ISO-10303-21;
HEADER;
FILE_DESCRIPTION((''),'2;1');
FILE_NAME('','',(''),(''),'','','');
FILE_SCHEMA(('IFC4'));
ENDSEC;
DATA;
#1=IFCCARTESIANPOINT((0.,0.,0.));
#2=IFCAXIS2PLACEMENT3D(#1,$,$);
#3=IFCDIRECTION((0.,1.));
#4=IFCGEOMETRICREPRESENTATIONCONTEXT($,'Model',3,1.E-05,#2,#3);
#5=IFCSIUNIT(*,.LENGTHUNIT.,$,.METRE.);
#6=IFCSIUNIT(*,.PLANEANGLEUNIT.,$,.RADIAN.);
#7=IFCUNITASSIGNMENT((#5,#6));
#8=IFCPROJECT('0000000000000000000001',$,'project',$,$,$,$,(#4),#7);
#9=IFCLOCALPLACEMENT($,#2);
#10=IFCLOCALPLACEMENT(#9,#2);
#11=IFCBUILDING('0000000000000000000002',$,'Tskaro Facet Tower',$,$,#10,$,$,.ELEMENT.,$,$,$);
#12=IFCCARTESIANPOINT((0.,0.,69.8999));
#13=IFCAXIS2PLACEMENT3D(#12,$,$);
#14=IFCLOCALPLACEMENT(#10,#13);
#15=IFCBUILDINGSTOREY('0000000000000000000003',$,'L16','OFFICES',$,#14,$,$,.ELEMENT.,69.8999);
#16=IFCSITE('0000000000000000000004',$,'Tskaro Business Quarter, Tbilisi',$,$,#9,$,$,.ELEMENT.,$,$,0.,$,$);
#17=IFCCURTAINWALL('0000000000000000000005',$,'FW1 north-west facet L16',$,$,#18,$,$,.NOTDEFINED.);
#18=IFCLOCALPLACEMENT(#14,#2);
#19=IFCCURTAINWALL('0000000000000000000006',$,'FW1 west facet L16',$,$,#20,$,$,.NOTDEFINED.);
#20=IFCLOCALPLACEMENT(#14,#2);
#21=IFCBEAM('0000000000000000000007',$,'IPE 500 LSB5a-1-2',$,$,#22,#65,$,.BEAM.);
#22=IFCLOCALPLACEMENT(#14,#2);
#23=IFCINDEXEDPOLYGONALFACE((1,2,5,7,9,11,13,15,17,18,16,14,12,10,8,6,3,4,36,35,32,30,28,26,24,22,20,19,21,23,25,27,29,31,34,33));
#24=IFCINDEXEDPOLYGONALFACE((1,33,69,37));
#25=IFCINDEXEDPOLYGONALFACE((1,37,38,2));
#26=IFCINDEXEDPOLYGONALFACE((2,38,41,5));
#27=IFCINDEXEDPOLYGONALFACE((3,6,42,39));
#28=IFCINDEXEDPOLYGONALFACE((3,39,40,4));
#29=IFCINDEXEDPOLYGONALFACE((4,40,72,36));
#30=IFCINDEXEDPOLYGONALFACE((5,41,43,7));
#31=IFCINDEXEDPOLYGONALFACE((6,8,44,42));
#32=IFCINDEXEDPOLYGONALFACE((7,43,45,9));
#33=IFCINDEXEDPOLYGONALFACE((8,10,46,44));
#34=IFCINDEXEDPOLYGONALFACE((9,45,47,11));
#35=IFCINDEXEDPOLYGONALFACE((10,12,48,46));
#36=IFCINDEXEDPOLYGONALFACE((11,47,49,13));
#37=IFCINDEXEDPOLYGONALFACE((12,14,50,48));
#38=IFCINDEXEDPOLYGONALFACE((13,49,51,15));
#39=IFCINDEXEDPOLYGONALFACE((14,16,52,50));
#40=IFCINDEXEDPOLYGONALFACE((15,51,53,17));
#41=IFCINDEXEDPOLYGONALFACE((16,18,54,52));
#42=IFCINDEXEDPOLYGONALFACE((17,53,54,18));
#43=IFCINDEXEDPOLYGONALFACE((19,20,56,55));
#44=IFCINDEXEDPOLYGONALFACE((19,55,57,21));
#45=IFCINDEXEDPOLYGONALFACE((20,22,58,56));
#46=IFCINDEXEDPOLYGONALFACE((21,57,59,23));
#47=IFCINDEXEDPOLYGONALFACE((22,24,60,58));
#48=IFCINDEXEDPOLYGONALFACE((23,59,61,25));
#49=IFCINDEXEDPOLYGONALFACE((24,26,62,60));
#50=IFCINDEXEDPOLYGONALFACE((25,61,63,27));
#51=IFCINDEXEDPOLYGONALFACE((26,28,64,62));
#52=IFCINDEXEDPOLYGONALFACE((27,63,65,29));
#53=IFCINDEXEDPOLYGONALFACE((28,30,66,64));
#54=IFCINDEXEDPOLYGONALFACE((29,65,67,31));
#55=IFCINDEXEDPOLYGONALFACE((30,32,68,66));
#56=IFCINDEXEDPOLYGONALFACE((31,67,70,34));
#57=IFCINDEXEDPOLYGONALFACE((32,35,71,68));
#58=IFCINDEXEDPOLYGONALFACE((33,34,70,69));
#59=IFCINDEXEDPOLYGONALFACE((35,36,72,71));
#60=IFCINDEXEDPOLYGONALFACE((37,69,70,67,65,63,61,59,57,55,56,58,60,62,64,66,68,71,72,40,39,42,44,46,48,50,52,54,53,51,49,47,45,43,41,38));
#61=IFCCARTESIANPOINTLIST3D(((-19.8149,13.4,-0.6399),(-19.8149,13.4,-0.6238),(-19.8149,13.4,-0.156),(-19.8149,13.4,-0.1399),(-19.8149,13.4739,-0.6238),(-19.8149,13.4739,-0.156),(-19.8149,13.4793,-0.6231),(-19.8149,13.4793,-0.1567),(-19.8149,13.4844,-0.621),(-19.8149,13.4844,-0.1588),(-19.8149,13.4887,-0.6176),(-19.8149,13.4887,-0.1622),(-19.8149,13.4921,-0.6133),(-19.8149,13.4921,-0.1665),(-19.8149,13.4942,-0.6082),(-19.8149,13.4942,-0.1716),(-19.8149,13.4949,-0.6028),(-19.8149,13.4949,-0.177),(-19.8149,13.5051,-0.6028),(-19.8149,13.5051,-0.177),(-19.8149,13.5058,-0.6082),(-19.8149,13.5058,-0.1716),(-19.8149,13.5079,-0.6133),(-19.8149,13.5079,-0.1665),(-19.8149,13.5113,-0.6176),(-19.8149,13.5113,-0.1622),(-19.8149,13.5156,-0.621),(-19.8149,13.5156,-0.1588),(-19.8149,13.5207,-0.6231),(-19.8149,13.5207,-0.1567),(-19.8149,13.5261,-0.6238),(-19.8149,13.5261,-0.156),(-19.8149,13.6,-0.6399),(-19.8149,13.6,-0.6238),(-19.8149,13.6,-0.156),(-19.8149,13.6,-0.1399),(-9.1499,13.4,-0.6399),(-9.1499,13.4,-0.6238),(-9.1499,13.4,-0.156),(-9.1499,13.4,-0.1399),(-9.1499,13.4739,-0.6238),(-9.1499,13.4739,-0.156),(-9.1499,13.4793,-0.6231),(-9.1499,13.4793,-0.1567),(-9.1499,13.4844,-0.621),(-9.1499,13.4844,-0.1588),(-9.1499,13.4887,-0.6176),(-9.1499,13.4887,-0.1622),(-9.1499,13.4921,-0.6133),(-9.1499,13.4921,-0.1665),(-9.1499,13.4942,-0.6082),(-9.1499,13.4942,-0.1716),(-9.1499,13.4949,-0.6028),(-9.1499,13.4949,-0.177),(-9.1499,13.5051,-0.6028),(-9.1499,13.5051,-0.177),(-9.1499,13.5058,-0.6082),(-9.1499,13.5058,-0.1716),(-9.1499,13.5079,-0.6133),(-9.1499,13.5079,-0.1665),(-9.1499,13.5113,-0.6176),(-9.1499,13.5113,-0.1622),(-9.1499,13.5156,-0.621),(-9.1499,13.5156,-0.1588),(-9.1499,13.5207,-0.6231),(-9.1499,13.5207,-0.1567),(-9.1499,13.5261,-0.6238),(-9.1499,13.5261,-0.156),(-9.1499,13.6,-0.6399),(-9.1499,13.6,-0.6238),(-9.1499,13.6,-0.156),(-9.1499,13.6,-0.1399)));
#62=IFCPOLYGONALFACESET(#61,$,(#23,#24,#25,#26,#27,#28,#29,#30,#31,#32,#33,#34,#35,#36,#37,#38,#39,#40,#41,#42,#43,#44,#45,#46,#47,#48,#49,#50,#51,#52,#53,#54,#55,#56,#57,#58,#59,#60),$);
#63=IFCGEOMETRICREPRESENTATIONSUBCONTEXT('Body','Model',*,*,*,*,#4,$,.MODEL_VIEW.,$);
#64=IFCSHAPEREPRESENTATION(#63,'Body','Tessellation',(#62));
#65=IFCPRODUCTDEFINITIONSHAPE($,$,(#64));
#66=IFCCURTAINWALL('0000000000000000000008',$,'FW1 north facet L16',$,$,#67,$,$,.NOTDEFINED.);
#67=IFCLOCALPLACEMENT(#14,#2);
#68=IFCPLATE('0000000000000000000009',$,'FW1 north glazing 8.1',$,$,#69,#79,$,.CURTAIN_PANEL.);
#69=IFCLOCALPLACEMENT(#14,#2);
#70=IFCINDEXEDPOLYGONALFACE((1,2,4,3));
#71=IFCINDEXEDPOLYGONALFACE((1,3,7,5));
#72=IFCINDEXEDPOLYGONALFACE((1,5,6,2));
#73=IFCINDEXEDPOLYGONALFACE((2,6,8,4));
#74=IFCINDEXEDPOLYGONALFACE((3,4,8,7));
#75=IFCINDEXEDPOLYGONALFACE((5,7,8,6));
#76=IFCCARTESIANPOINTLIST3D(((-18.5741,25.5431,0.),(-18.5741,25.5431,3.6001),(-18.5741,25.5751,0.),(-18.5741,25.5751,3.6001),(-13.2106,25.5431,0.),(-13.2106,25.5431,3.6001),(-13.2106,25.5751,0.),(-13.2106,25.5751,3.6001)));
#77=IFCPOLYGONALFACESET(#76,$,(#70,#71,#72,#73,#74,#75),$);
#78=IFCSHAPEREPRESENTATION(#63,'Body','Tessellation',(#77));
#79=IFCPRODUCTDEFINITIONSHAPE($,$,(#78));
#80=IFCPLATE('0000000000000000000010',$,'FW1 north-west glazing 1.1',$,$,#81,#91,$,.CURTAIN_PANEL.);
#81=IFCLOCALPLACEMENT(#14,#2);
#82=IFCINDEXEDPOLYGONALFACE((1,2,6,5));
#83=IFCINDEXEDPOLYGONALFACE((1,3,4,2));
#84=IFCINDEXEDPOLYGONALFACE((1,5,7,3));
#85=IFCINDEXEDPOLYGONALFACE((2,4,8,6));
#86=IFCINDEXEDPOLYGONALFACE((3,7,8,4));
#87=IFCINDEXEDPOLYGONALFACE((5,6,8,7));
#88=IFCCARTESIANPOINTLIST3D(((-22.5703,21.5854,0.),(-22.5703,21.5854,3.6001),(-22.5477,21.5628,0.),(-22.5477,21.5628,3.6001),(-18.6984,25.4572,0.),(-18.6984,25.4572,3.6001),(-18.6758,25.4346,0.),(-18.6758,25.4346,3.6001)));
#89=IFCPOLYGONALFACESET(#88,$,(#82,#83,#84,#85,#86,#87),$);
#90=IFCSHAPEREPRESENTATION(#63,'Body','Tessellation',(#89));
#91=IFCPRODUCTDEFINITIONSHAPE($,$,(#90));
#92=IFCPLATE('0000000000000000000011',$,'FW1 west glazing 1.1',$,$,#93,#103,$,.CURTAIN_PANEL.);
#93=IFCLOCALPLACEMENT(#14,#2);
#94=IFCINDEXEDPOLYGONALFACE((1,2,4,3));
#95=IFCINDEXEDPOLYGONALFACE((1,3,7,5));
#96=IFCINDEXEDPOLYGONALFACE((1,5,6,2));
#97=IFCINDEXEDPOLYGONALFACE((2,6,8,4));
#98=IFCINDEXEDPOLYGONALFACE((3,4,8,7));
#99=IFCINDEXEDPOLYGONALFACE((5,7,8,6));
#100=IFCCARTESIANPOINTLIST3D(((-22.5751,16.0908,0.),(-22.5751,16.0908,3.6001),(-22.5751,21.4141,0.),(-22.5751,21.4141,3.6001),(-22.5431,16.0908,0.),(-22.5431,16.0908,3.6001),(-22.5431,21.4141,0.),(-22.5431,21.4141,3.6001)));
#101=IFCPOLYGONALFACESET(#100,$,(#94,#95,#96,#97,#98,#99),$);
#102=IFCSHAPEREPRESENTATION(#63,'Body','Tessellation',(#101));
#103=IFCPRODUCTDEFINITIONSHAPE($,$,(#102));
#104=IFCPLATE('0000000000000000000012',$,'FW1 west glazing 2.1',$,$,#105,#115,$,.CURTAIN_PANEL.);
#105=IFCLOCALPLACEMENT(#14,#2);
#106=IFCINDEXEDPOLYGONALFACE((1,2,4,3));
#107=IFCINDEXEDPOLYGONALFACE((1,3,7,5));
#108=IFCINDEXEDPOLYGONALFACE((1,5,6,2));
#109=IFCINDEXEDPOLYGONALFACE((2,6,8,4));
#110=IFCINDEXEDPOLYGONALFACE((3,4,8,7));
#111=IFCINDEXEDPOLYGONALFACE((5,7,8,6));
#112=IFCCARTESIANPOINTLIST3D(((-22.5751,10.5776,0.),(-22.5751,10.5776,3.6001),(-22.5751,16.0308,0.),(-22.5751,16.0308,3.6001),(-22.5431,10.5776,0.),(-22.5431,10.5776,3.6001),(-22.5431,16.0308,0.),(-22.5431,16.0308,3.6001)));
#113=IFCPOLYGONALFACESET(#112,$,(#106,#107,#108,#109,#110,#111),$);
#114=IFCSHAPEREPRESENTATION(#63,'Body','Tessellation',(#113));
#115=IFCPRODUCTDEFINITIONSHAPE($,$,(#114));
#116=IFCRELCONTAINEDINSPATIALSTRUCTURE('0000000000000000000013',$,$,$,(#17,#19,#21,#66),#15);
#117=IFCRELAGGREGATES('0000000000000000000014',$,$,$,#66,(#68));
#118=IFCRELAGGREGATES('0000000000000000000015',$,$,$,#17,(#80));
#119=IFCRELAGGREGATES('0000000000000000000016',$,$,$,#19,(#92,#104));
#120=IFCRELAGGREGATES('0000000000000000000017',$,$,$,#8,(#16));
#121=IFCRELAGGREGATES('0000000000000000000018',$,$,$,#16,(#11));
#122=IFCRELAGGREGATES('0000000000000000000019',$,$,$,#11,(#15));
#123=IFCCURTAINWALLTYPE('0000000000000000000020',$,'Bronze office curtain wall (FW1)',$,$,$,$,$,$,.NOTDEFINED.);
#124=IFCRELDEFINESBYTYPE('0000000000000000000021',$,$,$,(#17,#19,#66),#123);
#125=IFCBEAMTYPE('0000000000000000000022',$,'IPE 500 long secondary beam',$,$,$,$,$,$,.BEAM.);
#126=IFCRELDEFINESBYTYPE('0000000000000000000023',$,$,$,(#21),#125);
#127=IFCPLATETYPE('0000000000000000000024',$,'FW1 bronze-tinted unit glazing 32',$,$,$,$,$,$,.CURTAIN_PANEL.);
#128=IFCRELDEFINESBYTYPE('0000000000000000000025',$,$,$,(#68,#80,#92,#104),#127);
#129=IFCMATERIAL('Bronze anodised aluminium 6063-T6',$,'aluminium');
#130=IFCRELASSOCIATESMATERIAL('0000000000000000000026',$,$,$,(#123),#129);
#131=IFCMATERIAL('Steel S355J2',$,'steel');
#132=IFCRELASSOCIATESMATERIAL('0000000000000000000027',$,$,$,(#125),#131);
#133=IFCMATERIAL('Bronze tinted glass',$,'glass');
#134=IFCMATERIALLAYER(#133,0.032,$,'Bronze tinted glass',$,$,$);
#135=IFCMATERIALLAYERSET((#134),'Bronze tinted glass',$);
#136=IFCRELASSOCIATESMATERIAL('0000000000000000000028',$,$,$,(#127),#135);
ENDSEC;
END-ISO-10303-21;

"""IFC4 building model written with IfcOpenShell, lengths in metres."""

from ifc_helpers import new_model, si_unit, direction, frame, origin, origin_2d, place, context, subcontext, project, spatial, rectangle, i_section, extrude, material, layer, layer_set, material_profile, profile_set, type_object, element, aggregate, save


model = new_model("IFC4")

# Units and contexts
model_context = context("Model", 3, precision=1e-05, world=origin(), true_north=direction((0.0, 1.0)))
body_context = subcontext(model_context, "Body", "Model", "MODEL_VIEW")
ifc_project = project(units=[si_unit("LENGTHUNIT", "METRE"), si_unit("PLANEANGLEUNIT", "RADIAN")], contexts=[model_context])

# Site, building, storey
site_placement = place(None, origin())
site = spatial("IfcSite", under=ifc_project, at=site_placement, Name="Tskaro Business Quarter, Tbilisi", CompositionType="ELEMENT", RefElevation=0.0)
building_placement = place(site_placement, origin())
building = spatial("IfcBuilding", under=site, at=building_placement, Name="Tskaro Facet Tower", CompositionType="ELEMENT")
storey_placement = place(building_placement, frame((0.0, 0.0, 69.8999)))
storey = spatial("IfcBuildingStorey", under=building, at=storey_placement, Name="L16", Description="OFFICES", CompositionType="ELEMENT", Elevation=69.8999)

# Curtain wall
ifc_material_1 = material(Name="Bronze anodised aluminium 6063-T6", Category="aluminium")
curtain_wall_type = type_object("IfcCurtainWallType", Name="Bronze office curtain wall (FW1)", PredefinedType="NOTDEFINED", material=ifc_material_1)
curtain_wall_1_placement = place(storey_placement, origin())
curtain_wall_1 = element("IfcCurtainWall", 1, at=curtain_wall_1_placement, inside=storey, type_object=curtain_wall_type, Name="FW1 north-west facet L16", PredefinedType="NOTDEFINED")

# Curtain wall
curtain_wall_2_placement = place(storey_placement, origin())
curtain_wall_2 = element("IfcCurtainWall", 2, at=curtain_wall_2_placement, inside=storey, type_object=curtain_wall_type, Name="FW1 west facet L16", PredefinedType="NOTDEFINED")

# Beam
ifc_material_2 = material(Name="Steel S355J2", Category="steel")
ifc_material_profile_1 = material_profile(ifc_material_2, i_section(OverallWidth=0.2, OverallDepth=0.5, WebThickness=0.0103, FlangeThickness=0.0161, FilletRadius=0.021, at=origin_2d()), Name="IPE 500")
ifc_profile_set_1 = profile_set([ifc_material_profile_1], Name="Steel S355J2")
beam_type_1 = type_object("IfcBeamType", Name="IPE 500 long secondary beam", PredefinedType="BEAM", material=ifc_profile_set_1)
beam_1_placement = place(storey_placement, frame((-19.8149, 13.5, -0.3899), z_axis=(1.0, 0.0, 0.0), x_axis=(0.0, 1.0, 0.0)))
element("IfcBeam", 3, at=beam_1_placement, inside=storey, type_object=beam_type_1, Name="IPE 500 LSB5a-1-2", PredefinedType="BEAM", context=body_context, shape_type="SweptSolid", body=[
    extrude(i_section(OverallWidth=0.2, OverallDepth=0.5, WebThickness=0.0103, FlangeThickness=0.0161, FilletRadius=0.021, at=origin_2d()), origin(), (0.0, 0.0, 1.0), 10.665),
])

# Curtain wall, plate
curtain_wall_3_placement = place(storey_placement, origin())
curtain_wall_3 = element("IfcCurtainWall", 4, at=curtain_wall_3_placement, inside=storey, type_object=curtain_wall_type, Name="FW1 north facet L16", PredefinedType="NOTDEFINED")
ifc_material_3 = material(Name="Bronze tinted glass", Category="glass")
ifc_layer_1 = layer(ifc_material_3, 0.032, Name="Bronze tinted glass")
ifc_layer_set_1 = layer_set([ifc_layer_1], Name="Bronze tinted glass")
plate_type = type_object("IfcPlateType", Name="FW1 bronze-tinted unit glazing 32", PredefinedType="CURTAIN_PANEL", material=ifc_layer_set_1)
plate_1_placement = place(storey_placement, frame((-15.8923, 25.5591, 0.0), z_axis=(0.0, 0.0, 1.0), x_axis=(-1.0, 0.0, 0.0)))
plate_1 = element("IfcPlate", 5, at=plate_1_placement, type_object=plate_type, Name="FW1 north glazing 8.1", PredefinedType="CURTAIN_PANEL", context=body_context, shape_type="SweptSolid", body=[
    extrude(rectangle(XDim=5.3635, YDim=0.032, at=origin_2d()), origin(), (0.0, 0.0, 1.0), 3.6001),
])
aggregate(curtain_wall_3, [plate_1])

# Plates
plate_2_placement = place(storey_placement, frame((-20.623, 23.51, 0.0), z_axis=(0.0, 0.0, 1.0), x_axis=(-0.707107, -0.707107, 0.0)))
plate_2 = element("IfcPlate", 6, at=plate_2_placement, type_object=plate_type, Name="FW1 north-west glazing 1.1", PredefinedType="CURTAIN_PANEL", context=body_context, shape_type="SweptSolid", body=[
    extrude(rectangle(XDim=5.4756, YDim=0.032, at=origin_2d()), origin(), (0.0, 0.0, 1.0), 3.6001),
])
aggregate(curtain_wall_1, [plate_2])
plate_3_placement = place(storey_placement, frame((-22.5591, 18.7524, 0.0), z_axis=(0.0, 0.0, 1.0), x_axis=(0.0, -1.0, 0.0)))
plate_3 = element("IfcPlate", 7, at=plate_3_placement, type_object=plate_type, Name="FW1 west glazing 1.1", PredefinedType="CURTAIN_PANEL", context=body_context, shape_type="SweptSolid", body=[
    extrude(rectangle(XDim=5.3232, YDim=0.032, at=origin_2d()), origin(), (0.0, 0.0, 1.0), 3.6001),
])
plate_4_placement = place(storey_placement, frame((-22.5591, 13.3042, 0.0), z_axis=(0.0, 0.0, 1.0), x_axis=(0.0, -1.0, 0.0)))
plate_4 = element("IfcPlate", 8, at=plate_4_placement, type_object=plate_type, Name="FW1 west glazing 2.1", PredefinedType="CURTAIN_PANEL", context=body_context, shape_type="SweptSolid", body=[
    extrude(rectangle(XDim=5.4531, YDim=0.032, at=origin_2d()), origin(), (0.0, 0.0, 1.0), 3.6001),
])
aggregate(curtain_wall_2, [plate_3, plate_4])

save(model, "model.ifc")
